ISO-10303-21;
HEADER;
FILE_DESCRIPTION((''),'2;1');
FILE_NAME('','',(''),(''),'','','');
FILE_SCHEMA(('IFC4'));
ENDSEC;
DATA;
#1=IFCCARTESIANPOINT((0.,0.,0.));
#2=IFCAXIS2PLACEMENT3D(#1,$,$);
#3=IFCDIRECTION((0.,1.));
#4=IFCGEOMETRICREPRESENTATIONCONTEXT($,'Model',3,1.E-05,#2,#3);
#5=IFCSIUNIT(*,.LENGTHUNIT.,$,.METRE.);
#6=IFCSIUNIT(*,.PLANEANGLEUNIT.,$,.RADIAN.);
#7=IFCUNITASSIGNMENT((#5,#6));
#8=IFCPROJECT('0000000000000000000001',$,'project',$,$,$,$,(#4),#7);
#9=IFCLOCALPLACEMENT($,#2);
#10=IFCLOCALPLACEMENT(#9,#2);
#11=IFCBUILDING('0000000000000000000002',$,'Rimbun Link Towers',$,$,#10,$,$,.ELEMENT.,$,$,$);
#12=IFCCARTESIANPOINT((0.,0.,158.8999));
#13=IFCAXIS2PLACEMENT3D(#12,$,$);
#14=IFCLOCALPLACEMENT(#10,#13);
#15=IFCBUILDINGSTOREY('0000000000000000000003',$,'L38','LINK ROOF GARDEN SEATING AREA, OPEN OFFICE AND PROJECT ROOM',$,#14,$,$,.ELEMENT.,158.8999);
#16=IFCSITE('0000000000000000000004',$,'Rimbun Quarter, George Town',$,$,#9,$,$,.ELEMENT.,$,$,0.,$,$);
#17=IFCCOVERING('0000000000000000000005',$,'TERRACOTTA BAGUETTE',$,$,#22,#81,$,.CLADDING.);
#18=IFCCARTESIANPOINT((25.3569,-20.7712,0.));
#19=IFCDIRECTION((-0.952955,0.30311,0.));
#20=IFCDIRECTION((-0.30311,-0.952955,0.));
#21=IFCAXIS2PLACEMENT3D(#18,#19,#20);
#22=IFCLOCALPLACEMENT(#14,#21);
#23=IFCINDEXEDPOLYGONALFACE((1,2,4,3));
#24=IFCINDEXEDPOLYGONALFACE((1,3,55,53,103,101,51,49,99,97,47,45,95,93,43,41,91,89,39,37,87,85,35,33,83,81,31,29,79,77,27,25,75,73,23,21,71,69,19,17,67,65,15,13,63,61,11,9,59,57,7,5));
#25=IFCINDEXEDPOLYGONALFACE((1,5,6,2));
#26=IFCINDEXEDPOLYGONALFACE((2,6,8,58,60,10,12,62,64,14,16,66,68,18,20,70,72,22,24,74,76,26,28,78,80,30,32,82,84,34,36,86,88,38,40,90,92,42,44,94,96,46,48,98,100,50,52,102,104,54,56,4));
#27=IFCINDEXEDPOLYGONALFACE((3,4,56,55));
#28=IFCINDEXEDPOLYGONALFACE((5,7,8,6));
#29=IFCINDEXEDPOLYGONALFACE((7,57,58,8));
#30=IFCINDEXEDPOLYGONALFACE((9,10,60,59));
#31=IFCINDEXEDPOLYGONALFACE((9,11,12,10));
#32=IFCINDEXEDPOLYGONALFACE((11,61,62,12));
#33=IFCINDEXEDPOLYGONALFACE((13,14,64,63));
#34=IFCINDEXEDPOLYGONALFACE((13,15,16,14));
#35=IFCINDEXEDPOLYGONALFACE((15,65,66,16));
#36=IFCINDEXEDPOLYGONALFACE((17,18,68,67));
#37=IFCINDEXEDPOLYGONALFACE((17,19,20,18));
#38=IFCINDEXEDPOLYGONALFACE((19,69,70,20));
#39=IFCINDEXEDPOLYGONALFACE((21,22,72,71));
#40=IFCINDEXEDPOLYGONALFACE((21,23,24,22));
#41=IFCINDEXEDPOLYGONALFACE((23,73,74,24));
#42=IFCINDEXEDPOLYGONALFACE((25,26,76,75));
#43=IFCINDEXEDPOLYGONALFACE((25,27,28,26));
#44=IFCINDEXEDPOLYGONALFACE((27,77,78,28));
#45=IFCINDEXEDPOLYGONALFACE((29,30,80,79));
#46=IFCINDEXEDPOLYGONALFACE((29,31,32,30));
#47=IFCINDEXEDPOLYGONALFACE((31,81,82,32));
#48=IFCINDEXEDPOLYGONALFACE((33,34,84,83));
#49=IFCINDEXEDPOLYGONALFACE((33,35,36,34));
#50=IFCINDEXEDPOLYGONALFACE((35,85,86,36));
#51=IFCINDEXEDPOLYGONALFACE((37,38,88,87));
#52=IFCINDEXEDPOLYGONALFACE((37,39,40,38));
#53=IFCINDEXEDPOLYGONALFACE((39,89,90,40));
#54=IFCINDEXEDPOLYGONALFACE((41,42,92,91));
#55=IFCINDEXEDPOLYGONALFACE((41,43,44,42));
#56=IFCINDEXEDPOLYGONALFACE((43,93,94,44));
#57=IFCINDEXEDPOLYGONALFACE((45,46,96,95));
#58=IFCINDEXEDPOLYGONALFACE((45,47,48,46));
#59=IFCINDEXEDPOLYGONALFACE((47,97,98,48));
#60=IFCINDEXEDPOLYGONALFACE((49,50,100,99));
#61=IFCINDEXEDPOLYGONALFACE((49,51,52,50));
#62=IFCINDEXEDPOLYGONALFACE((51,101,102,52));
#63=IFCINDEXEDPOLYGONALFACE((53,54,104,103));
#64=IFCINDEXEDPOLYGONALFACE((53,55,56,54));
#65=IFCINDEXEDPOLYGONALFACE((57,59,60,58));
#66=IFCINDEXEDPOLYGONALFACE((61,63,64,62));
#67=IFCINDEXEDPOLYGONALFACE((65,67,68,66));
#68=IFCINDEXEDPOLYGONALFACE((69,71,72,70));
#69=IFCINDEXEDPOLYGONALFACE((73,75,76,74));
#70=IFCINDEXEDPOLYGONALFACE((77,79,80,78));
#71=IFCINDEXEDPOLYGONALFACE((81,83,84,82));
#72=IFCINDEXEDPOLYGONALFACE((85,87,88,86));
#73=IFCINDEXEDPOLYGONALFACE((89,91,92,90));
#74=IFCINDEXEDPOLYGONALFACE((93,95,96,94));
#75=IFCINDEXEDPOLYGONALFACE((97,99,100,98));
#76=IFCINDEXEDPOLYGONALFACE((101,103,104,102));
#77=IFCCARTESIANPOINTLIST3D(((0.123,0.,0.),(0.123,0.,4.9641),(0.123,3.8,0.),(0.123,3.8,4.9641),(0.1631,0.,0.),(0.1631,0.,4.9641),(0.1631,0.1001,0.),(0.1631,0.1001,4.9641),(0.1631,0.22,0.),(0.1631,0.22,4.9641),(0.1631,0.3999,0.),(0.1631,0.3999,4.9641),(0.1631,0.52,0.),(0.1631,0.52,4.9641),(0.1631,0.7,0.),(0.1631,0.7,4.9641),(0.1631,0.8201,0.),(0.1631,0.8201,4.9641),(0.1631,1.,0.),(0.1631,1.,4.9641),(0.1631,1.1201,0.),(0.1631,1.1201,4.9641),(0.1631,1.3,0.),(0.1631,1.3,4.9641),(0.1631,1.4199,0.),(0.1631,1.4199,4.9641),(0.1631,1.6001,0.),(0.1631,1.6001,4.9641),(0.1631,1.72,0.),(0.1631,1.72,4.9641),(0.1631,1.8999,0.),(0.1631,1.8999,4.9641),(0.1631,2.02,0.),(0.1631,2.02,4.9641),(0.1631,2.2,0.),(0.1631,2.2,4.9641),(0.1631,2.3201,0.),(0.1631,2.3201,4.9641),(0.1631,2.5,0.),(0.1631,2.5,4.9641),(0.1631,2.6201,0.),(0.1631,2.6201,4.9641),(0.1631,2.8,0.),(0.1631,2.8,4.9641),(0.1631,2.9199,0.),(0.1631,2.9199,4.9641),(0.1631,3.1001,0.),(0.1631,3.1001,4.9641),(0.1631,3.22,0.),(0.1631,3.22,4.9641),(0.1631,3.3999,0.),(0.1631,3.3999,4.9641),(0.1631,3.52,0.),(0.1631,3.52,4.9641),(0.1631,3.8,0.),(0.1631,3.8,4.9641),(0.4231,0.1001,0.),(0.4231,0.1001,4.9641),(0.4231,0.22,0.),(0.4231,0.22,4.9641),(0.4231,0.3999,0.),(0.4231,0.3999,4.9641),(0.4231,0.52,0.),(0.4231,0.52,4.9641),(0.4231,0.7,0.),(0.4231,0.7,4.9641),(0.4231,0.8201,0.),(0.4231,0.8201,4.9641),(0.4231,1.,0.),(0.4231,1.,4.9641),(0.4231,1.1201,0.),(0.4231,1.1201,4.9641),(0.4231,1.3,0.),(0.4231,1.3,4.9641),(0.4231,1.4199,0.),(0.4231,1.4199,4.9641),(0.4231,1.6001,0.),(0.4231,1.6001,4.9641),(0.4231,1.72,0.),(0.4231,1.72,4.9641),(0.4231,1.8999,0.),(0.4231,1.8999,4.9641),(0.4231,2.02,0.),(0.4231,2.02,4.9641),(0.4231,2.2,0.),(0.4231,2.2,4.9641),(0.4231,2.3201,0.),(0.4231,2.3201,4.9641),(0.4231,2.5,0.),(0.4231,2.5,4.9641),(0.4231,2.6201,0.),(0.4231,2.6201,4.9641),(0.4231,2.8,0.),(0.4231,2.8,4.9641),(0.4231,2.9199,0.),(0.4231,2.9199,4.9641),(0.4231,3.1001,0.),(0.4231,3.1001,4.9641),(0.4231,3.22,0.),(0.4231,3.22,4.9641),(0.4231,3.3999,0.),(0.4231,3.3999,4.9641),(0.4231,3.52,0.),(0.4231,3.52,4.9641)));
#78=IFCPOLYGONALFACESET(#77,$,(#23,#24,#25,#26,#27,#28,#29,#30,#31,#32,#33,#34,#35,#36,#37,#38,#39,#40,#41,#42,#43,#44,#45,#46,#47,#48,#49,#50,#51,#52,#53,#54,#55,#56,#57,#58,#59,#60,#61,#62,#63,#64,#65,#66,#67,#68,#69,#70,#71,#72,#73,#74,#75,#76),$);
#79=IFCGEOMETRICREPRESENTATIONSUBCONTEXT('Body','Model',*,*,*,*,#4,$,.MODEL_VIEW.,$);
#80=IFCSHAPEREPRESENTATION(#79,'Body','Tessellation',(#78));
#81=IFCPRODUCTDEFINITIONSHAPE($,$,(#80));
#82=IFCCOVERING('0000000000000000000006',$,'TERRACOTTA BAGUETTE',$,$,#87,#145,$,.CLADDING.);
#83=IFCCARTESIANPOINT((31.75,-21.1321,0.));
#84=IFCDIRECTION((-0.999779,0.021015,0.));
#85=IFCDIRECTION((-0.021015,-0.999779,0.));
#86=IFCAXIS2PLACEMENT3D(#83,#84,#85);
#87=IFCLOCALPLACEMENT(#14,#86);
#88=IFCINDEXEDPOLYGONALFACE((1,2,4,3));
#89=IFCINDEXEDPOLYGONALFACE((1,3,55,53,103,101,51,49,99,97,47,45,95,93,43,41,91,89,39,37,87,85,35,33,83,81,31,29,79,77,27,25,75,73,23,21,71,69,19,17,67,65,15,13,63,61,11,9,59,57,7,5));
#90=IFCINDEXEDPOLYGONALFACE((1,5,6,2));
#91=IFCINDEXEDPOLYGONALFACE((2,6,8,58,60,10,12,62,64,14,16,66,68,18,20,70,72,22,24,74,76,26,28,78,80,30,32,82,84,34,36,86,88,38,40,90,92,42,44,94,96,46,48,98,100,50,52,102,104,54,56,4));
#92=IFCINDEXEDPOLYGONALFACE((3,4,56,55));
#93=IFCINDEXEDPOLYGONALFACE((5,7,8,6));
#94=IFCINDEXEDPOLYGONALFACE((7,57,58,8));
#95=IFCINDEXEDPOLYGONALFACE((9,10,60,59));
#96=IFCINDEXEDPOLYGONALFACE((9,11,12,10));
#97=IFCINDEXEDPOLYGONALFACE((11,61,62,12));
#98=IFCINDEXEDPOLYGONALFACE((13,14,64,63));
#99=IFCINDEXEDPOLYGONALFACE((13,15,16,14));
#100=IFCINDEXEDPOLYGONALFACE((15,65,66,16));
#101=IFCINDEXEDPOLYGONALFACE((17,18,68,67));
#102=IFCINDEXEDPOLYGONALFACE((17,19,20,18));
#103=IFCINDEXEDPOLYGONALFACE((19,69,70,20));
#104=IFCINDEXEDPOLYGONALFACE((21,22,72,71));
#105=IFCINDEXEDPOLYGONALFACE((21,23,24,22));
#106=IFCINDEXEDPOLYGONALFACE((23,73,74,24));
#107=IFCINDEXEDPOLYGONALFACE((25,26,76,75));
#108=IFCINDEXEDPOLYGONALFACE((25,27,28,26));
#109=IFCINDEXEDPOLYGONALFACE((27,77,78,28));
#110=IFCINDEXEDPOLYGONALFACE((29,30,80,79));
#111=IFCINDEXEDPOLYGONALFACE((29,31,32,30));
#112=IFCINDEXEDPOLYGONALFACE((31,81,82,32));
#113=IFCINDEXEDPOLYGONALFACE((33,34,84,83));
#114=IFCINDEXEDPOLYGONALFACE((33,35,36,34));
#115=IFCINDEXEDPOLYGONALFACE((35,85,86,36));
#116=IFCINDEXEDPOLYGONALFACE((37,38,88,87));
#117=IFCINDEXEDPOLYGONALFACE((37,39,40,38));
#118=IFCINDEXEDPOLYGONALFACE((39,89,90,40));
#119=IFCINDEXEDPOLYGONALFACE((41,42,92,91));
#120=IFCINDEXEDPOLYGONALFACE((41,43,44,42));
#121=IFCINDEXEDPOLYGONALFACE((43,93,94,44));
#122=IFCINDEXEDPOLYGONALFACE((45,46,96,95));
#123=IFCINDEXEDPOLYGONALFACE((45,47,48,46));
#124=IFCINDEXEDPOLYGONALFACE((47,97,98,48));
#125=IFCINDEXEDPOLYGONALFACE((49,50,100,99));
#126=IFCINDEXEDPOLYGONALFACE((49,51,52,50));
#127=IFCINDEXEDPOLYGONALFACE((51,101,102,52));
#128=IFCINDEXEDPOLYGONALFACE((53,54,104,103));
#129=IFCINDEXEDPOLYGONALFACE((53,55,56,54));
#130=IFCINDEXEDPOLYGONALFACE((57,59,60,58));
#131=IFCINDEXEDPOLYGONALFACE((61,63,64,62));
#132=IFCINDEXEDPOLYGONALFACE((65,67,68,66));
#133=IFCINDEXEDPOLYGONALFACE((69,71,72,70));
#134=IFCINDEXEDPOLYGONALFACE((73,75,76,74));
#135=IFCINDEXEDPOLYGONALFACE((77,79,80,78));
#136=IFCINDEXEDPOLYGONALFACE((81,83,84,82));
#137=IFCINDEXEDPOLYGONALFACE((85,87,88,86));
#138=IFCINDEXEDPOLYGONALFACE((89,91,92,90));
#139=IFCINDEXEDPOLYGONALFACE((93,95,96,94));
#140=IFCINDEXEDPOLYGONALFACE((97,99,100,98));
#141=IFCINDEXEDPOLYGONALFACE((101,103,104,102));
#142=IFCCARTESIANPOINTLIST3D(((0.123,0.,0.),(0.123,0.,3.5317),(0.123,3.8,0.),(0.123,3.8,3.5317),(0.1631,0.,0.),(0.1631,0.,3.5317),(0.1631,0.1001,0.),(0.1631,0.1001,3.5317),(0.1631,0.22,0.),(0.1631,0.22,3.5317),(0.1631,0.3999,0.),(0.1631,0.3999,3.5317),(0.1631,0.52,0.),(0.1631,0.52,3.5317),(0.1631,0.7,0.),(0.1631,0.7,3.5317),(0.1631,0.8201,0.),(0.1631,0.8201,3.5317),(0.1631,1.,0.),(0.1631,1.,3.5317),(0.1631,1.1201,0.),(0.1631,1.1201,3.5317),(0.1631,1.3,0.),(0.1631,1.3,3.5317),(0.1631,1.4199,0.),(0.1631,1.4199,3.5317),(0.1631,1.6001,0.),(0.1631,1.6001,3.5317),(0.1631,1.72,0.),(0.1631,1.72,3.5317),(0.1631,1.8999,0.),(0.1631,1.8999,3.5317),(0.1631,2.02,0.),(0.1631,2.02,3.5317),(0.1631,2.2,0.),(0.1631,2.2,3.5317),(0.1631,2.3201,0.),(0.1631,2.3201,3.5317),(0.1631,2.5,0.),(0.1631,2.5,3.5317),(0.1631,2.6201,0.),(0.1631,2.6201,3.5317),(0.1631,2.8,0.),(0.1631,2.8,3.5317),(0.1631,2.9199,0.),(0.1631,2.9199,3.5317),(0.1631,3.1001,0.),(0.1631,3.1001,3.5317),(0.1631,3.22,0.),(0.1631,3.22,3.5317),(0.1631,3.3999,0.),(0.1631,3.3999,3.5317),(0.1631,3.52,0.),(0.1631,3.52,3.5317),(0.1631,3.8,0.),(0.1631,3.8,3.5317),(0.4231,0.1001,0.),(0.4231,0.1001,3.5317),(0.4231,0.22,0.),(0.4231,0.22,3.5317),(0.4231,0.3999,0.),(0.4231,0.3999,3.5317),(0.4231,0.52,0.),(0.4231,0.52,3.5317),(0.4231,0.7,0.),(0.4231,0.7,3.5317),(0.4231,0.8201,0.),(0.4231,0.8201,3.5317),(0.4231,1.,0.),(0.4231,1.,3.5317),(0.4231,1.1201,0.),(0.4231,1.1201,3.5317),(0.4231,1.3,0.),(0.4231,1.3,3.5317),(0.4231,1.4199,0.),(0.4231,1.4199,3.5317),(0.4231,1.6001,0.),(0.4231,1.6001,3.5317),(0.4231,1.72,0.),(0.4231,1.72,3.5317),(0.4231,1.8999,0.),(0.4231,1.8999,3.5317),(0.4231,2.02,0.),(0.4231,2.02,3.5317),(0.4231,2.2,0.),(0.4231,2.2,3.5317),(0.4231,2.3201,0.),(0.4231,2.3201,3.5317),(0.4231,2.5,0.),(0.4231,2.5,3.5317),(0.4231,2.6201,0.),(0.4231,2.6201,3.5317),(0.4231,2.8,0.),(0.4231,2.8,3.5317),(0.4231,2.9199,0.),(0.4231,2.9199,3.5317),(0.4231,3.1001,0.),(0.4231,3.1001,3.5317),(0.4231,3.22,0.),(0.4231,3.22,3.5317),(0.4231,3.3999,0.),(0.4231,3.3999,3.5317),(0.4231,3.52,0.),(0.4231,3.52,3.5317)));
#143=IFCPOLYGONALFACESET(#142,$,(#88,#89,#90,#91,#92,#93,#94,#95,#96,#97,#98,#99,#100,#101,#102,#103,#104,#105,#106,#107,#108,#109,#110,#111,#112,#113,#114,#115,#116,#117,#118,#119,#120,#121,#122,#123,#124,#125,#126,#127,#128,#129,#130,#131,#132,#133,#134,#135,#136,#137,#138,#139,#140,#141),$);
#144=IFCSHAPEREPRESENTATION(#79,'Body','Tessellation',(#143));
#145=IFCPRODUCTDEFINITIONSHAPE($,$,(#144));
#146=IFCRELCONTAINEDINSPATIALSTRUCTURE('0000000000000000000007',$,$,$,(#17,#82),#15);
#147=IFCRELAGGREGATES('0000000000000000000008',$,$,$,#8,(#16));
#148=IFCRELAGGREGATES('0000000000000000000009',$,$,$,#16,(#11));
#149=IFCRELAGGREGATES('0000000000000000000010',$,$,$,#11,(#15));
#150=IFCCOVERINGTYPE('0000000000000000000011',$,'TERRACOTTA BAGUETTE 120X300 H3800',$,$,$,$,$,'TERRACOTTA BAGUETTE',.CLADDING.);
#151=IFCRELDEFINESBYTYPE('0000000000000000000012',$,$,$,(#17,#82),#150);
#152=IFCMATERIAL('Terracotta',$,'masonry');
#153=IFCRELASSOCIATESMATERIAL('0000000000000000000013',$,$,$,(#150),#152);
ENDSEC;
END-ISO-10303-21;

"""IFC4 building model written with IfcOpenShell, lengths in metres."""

from ifc_helpers import new_model, si_unit, direction, frame, origin, place, context, subcontext, project, spatial, polyline, outline, extrude, material, material_profile, profile_set, type_object, element, save


model = new_model("IFC4")

# Units and contexts
model_context = context("Model", 3, precision=1e-05, world=origin(), true_north=direction((0.0, 1.0)))
body_context = subcontext(model_context, "Body", "Model", "MODEL_VIEW")
ifc_project = project(units=[si_unit("LENGTHUNIT", "METRE"), si_unit("PLANEANGLEUNIT", "RADIAN")], contexts=[model_context])

# Site, building, storey
site_placement = place(None, origin())
site = spatial("IfcSite", under=ifc_project, at=site_placement, Name="Rimbun Quarter, George Town", CompositionType="ELEMENT", RefElevation=0.0)
building_placement = place(site_placement, origin())
building = spatial("IfcBuilding", under=site, at=building_placement, Name="Rimbun Link Towers", CompositionType="ELEMENT")
storey_placement = place(building_placement, frame((0.0, 0.0, 158.8999)))
storey = spatial("IfcBuildingStorey", under=building, at=storey_placement, Name="L38", Description="LINK ROOF GARDEN SEATING AREA, OPEN OFFICE AND PROJECT ROOM", CompositionType="ELEMENT", Elevation=158.8999)

# Coverings
ifc_material_1 = material(Name="Terracotta", Category="masonry")
ifc_material_profile_1 = material_profile(ifc_material_1, outline(polyline([(0.123, 0.0), (0.1631, 0.0), (0.1631, 0.1001), (0.4231, 0.1001), (0.4231, 0.22), (0.1631, 0.22), (0.1631, 0.3999), (0.4231, 0.3999), (0.4231, 0.52), (0.1631, 0.52), (0.1631, 0.7), (0.4231, 0.7), (0.4231, 0.8201), (0.1631, 0.8201), (0.1631, 1.0), (0.4231, 1.0), (0.4231, 1.1201), (0.1631, 1.1201), (0.1631, 1.3), (0.4231, 1.3), (0.4231, 1.4199), (0.1631, 1.4199), (0.1631, 1.6001), (0.4231, 1.6001), (0.4231, 1.72), (0.1631, 1.72), (0.1631, 1.8999), (0.4231, 1.8999), (0.4231, 2.02), (0.1631, 2.02), (0.1631, 2.2), (0.4231, 2.2), (0.4231, 2.3201), (0.1631, 2.3201), (0.1631, 2.5), (0.4231, 2.5), (0.4231, 2.6201), (0.1631, 2.6201), (0.1631, 2.8), (0.4231, 2.8), (0.4231, 2.9199), (0.1631, 2.9199), (0.1631, 3.1001), (0.4231, 3.1001), (0.4231, 3.22), (0.1631, 3.22), (0.1631, 3.3999), (0.4231, 3.3999), (0.4231, 3.52), (0.1631, 3.52), (0.1631, 3.8), (0.123, 3.8), (0.123, 0.0)])), Name="BAGUETTE 120X300")
ifc_profile_set_1 = profile_set([ifc_material_profile_1], Name="Terracotta")
covering_type = type_object("IfcCoveringType", Name="TERRACOTTA BAGUETTE 120X300 H3800", ElementType="TERRACOTTA BAGUETTE", PredefinedType="CLADDING", material=ifc_profile_set_1)
covering_1_placement = place(storey_placement, frame((25.3569, -20.7712, 0.0), z_axis=(-0.952955, 0.30311, 0.0), x_axis=(-0.30311, -0.952955, 0.0)))
element("IfcCovering", 1, at=covering_1_placement, inside=storey, type_object=covering_type, Name="TERRACOTTA BAGUETTE", PredefinedType="CLADDING", context=body_context, shape_type="SweptSolid", body=[
    extrude(outline(polyline([(0.123, 0.0), (0.1631, 0.0), (0.1631, 0.1001), (0.4231, 0.1001), (0.4231, 0.22), (0.1631, 0.22), (0.1631, 0.3999), (0.4231, 0.3999), (0.4231, 0.52), (0.1631, 0.52), (0.1631, 0.7), (0.4231, 0.7), (0.4231, 0.8201), (0.1631, 0.8201), (0.1631, 1.0), (0.4231, 1.0), (0.4231, 1.1201), (0.1631, 1.1201), (0.1631, 1.3), (0.4231, 1.3), (0.4231, 1.4199), (0.1631, 1.4199), (0.1631, 1.6001), (0.4231, 1.6001), (0.4231, 1.72), (0.1631, 1.72), (0.1631, 1.8999), (0.4231, 1.8999), (0.4231, 2.02), (0.1631, 2.02), (0.1631, 2.2), (0.4231, 2.2), (0.4231, 2.3201), (0.1631, 2.3201), (0.1631, 2.5), (0.4231, 2.5), (0.4231, 2.6201), (0.1631, 2.6201), (0.1631, 2.8), (0.4231, 2.8), (0.4231, 2.9199), (0.1631, 2.9199), (0.1631, 3.1001), (0.4231, 3.1001), (0.4231, 3.22), (0.1631, 3.22), (0.1631, 3.3999), (0.4231, 3.3999), (0.4231, 3.52), (0.1631, 3.52), (0.1631, 3.8), (0.123, 3.8), (0.123, 0.0)])), origin(), (0.0, 0.0, 1.0), 4.9641),
])
covering_2_placement = place(storey_placement, frame((31.75, -21.1321, 0.0), z_axis=(-0.999779, 0.021015, 0.0), x_axis=(-0.021015, -0.999779, 0.0)))
element("IfcCovering", 2, at=covering_2_placement, inside=storey, type_object=covering_type, Name="TERRACOTTA BAGUETTE", PredefinedType="CLADDING", context=body_context, shape_type="SweptSolid", body=[
    extrude(outline(polyline([(0.123, 0.0), (0.1631, 0.0), (0.1631, 0.1001), (0.4231, 0.1001), (0.4231, 0.22), (0.1631, 0.22), (0.1631, 0.3999), (0.4231, 0.3999), (0.4231, 0.52), (0.1631, 0.52), (0.1631, 0.7), (0.4231, 0.7), (0.4231, 0.8201), (0.1631, 0.8201), (0.1631, 1.0), (0.4231, 1.0), (0.4231, 1.1201), (0.1631, 1.1201), (0.1631, 1.3), (0.4231, 1.3), (0.4231, 1.4199), (0.1631, 1.4199), (0.1631, 1.6001), (0.4231, 1.6001), (0.4231, 1.72), (0.1631, 1.72), (0.1631, 1.8999), (0.4231, 1.8999), (0.4231, 2.02), (0.1631, 2.02), (0.1631, 2.2), (0.4231, 2.2), (0.4231, 2.3201), (0.1631, 2.3201), (0.1631, 2.5), (0.4231, 2.5), (0.4231, 2.6201), (0.1631, 2.6201), (0.1631, 2.8), (0.4231, 2.8), (0.4231, 2.9199), (0.1631, 2.9199), (0.1631, 3.1001), (0.4231, 3.1001), (0.4231, 3.22), (0.1631, 3.22), (0.1631, 3.3999), (0.4231, 3.3999), (0.4231, 3.52), (0.1631, 3.52), (0.1631, 3.8), (0.123, 3.8), (0.123, 0.0)])), origin(), (0.0, 0.0, 1.0), 3.5317),
])

save(model, "model.ifc")
